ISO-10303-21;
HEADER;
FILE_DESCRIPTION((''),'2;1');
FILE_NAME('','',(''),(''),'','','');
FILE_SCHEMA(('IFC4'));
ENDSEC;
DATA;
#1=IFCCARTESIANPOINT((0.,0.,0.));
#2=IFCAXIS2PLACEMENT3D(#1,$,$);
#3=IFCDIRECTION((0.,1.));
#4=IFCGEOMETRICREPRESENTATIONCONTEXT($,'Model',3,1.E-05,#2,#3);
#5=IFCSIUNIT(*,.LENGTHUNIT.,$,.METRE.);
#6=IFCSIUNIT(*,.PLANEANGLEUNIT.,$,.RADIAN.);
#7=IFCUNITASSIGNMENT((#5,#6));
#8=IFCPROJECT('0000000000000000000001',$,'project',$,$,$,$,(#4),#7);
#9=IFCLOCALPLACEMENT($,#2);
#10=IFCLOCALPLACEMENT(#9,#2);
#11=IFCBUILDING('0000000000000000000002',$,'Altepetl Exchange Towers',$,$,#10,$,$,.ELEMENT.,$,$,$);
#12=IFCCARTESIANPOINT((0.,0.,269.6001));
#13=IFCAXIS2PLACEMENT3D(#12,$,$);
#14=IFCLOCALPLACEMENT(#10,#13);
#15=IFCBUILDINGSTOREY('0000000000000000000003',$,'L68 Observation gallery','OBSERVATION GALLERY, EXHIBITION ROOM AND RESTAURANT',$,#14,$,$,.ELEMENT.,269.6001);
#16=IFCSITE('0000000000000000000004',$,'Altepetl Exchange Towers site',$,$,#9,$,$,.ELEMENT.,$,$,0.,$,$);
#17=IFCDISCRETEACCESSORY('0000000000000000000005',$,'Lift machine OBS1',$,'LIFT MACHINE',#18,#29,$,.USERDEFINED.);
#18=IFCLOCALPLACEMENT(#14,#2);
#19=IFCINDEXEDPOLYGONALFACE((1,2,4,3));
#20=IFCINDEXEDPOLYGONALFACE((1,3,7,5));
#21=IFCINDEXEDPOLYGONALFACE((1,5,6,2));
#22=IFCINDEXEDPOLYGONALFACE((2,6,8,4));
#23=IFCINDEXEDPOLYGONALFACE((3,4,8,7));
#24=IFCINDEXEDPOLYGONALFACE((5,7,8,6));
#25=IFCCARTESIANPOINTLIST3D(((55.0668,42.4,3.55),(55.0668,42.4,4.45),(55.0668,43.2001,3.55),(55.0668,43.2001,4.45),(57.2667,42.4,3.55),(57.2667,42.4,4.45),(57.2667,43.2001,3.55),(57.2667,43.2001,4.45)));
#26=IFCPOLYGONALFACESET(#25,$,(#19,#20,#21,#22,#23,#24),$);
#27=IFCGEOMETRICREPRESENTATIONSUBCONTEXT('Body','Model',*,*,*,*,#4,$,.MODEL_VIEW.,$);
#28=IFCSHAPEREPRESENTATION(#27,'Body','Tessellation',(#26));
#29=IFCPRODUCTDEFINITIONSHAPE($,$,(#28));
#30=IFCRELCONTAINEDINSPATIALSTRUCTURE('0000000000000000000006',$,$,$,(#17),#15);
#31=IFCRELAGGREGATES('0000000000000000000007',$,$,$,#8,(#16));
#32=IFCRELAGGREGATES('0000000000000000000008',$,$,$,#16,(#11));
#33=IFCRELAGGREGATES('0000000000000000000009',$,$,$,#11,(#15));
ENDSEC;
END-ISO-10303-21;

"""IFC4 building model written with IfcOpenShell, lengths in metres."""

from ifc_helpers import new_model, si_unit, direction, frame, origin, origin_2d, place, context, subcontext, project, spatial, rectangle, extrude, element, save


model = new_model("IFC4")

# Units and contexts
model_context = context("Model", 3, precision=1e-05, world=origin(), true_north=direction((0.0, 1.0)))
body_context = subcontext(model_context, "Body", "Model", "MODEL_VIEW")
ifc_project = project(units=[si_unit("LENGTHUNIT", "METRE"), si_unit("PLANEANGLEUNIT", "RADIAN")], contexts=[model_context])

# Site, building, storey
site_placement = place(None, origin())
site = spatial("IfcSite", under=ifc_project, at=site_placement, Name="Altepetl Exchange Towers site", CompositionType="ELEMENT", RefElevation=0.0)
building_placement = place(site_placement, origin())
building = spatial("IfcBuilding", under=site, at=building_placement, Name="Altepetl Exchange Towers", CompositionType="ELEMENT")
storey_placement = place(building_placement, frame((0.0, 0.0, 269.6001)))
storey = spatial("IfcBuildingStorey", under=building, at=storey_placement, Name="L68 Observation gallery", Description="OBSERVATION GALLERY, EXHIBITION ROOM AND RESTAURANT", CompositionType="ELEMENT", Elevation=269.6001)

# Discrete accessory
discrete_accessory_placement = place(storey_placement, frame((56.1667, 42.8, 3.55)))
element("IfcDiscreteAccessory", 1, at=discrete_accessory_placement, inside=storey, Name="Lift machine OBS1", ObjectType="LIFT MACHINE", PredefinedType="USERDEFINED", context=body_context, shape_type="SweptSolid", body=[
    extrude(rectangle(XDim=2.2, YDim=0.8, at=origin_2d()), origin(), (0.0, 0.0, 1.0), 0.8999),
])

save(model, "model.ifc")
